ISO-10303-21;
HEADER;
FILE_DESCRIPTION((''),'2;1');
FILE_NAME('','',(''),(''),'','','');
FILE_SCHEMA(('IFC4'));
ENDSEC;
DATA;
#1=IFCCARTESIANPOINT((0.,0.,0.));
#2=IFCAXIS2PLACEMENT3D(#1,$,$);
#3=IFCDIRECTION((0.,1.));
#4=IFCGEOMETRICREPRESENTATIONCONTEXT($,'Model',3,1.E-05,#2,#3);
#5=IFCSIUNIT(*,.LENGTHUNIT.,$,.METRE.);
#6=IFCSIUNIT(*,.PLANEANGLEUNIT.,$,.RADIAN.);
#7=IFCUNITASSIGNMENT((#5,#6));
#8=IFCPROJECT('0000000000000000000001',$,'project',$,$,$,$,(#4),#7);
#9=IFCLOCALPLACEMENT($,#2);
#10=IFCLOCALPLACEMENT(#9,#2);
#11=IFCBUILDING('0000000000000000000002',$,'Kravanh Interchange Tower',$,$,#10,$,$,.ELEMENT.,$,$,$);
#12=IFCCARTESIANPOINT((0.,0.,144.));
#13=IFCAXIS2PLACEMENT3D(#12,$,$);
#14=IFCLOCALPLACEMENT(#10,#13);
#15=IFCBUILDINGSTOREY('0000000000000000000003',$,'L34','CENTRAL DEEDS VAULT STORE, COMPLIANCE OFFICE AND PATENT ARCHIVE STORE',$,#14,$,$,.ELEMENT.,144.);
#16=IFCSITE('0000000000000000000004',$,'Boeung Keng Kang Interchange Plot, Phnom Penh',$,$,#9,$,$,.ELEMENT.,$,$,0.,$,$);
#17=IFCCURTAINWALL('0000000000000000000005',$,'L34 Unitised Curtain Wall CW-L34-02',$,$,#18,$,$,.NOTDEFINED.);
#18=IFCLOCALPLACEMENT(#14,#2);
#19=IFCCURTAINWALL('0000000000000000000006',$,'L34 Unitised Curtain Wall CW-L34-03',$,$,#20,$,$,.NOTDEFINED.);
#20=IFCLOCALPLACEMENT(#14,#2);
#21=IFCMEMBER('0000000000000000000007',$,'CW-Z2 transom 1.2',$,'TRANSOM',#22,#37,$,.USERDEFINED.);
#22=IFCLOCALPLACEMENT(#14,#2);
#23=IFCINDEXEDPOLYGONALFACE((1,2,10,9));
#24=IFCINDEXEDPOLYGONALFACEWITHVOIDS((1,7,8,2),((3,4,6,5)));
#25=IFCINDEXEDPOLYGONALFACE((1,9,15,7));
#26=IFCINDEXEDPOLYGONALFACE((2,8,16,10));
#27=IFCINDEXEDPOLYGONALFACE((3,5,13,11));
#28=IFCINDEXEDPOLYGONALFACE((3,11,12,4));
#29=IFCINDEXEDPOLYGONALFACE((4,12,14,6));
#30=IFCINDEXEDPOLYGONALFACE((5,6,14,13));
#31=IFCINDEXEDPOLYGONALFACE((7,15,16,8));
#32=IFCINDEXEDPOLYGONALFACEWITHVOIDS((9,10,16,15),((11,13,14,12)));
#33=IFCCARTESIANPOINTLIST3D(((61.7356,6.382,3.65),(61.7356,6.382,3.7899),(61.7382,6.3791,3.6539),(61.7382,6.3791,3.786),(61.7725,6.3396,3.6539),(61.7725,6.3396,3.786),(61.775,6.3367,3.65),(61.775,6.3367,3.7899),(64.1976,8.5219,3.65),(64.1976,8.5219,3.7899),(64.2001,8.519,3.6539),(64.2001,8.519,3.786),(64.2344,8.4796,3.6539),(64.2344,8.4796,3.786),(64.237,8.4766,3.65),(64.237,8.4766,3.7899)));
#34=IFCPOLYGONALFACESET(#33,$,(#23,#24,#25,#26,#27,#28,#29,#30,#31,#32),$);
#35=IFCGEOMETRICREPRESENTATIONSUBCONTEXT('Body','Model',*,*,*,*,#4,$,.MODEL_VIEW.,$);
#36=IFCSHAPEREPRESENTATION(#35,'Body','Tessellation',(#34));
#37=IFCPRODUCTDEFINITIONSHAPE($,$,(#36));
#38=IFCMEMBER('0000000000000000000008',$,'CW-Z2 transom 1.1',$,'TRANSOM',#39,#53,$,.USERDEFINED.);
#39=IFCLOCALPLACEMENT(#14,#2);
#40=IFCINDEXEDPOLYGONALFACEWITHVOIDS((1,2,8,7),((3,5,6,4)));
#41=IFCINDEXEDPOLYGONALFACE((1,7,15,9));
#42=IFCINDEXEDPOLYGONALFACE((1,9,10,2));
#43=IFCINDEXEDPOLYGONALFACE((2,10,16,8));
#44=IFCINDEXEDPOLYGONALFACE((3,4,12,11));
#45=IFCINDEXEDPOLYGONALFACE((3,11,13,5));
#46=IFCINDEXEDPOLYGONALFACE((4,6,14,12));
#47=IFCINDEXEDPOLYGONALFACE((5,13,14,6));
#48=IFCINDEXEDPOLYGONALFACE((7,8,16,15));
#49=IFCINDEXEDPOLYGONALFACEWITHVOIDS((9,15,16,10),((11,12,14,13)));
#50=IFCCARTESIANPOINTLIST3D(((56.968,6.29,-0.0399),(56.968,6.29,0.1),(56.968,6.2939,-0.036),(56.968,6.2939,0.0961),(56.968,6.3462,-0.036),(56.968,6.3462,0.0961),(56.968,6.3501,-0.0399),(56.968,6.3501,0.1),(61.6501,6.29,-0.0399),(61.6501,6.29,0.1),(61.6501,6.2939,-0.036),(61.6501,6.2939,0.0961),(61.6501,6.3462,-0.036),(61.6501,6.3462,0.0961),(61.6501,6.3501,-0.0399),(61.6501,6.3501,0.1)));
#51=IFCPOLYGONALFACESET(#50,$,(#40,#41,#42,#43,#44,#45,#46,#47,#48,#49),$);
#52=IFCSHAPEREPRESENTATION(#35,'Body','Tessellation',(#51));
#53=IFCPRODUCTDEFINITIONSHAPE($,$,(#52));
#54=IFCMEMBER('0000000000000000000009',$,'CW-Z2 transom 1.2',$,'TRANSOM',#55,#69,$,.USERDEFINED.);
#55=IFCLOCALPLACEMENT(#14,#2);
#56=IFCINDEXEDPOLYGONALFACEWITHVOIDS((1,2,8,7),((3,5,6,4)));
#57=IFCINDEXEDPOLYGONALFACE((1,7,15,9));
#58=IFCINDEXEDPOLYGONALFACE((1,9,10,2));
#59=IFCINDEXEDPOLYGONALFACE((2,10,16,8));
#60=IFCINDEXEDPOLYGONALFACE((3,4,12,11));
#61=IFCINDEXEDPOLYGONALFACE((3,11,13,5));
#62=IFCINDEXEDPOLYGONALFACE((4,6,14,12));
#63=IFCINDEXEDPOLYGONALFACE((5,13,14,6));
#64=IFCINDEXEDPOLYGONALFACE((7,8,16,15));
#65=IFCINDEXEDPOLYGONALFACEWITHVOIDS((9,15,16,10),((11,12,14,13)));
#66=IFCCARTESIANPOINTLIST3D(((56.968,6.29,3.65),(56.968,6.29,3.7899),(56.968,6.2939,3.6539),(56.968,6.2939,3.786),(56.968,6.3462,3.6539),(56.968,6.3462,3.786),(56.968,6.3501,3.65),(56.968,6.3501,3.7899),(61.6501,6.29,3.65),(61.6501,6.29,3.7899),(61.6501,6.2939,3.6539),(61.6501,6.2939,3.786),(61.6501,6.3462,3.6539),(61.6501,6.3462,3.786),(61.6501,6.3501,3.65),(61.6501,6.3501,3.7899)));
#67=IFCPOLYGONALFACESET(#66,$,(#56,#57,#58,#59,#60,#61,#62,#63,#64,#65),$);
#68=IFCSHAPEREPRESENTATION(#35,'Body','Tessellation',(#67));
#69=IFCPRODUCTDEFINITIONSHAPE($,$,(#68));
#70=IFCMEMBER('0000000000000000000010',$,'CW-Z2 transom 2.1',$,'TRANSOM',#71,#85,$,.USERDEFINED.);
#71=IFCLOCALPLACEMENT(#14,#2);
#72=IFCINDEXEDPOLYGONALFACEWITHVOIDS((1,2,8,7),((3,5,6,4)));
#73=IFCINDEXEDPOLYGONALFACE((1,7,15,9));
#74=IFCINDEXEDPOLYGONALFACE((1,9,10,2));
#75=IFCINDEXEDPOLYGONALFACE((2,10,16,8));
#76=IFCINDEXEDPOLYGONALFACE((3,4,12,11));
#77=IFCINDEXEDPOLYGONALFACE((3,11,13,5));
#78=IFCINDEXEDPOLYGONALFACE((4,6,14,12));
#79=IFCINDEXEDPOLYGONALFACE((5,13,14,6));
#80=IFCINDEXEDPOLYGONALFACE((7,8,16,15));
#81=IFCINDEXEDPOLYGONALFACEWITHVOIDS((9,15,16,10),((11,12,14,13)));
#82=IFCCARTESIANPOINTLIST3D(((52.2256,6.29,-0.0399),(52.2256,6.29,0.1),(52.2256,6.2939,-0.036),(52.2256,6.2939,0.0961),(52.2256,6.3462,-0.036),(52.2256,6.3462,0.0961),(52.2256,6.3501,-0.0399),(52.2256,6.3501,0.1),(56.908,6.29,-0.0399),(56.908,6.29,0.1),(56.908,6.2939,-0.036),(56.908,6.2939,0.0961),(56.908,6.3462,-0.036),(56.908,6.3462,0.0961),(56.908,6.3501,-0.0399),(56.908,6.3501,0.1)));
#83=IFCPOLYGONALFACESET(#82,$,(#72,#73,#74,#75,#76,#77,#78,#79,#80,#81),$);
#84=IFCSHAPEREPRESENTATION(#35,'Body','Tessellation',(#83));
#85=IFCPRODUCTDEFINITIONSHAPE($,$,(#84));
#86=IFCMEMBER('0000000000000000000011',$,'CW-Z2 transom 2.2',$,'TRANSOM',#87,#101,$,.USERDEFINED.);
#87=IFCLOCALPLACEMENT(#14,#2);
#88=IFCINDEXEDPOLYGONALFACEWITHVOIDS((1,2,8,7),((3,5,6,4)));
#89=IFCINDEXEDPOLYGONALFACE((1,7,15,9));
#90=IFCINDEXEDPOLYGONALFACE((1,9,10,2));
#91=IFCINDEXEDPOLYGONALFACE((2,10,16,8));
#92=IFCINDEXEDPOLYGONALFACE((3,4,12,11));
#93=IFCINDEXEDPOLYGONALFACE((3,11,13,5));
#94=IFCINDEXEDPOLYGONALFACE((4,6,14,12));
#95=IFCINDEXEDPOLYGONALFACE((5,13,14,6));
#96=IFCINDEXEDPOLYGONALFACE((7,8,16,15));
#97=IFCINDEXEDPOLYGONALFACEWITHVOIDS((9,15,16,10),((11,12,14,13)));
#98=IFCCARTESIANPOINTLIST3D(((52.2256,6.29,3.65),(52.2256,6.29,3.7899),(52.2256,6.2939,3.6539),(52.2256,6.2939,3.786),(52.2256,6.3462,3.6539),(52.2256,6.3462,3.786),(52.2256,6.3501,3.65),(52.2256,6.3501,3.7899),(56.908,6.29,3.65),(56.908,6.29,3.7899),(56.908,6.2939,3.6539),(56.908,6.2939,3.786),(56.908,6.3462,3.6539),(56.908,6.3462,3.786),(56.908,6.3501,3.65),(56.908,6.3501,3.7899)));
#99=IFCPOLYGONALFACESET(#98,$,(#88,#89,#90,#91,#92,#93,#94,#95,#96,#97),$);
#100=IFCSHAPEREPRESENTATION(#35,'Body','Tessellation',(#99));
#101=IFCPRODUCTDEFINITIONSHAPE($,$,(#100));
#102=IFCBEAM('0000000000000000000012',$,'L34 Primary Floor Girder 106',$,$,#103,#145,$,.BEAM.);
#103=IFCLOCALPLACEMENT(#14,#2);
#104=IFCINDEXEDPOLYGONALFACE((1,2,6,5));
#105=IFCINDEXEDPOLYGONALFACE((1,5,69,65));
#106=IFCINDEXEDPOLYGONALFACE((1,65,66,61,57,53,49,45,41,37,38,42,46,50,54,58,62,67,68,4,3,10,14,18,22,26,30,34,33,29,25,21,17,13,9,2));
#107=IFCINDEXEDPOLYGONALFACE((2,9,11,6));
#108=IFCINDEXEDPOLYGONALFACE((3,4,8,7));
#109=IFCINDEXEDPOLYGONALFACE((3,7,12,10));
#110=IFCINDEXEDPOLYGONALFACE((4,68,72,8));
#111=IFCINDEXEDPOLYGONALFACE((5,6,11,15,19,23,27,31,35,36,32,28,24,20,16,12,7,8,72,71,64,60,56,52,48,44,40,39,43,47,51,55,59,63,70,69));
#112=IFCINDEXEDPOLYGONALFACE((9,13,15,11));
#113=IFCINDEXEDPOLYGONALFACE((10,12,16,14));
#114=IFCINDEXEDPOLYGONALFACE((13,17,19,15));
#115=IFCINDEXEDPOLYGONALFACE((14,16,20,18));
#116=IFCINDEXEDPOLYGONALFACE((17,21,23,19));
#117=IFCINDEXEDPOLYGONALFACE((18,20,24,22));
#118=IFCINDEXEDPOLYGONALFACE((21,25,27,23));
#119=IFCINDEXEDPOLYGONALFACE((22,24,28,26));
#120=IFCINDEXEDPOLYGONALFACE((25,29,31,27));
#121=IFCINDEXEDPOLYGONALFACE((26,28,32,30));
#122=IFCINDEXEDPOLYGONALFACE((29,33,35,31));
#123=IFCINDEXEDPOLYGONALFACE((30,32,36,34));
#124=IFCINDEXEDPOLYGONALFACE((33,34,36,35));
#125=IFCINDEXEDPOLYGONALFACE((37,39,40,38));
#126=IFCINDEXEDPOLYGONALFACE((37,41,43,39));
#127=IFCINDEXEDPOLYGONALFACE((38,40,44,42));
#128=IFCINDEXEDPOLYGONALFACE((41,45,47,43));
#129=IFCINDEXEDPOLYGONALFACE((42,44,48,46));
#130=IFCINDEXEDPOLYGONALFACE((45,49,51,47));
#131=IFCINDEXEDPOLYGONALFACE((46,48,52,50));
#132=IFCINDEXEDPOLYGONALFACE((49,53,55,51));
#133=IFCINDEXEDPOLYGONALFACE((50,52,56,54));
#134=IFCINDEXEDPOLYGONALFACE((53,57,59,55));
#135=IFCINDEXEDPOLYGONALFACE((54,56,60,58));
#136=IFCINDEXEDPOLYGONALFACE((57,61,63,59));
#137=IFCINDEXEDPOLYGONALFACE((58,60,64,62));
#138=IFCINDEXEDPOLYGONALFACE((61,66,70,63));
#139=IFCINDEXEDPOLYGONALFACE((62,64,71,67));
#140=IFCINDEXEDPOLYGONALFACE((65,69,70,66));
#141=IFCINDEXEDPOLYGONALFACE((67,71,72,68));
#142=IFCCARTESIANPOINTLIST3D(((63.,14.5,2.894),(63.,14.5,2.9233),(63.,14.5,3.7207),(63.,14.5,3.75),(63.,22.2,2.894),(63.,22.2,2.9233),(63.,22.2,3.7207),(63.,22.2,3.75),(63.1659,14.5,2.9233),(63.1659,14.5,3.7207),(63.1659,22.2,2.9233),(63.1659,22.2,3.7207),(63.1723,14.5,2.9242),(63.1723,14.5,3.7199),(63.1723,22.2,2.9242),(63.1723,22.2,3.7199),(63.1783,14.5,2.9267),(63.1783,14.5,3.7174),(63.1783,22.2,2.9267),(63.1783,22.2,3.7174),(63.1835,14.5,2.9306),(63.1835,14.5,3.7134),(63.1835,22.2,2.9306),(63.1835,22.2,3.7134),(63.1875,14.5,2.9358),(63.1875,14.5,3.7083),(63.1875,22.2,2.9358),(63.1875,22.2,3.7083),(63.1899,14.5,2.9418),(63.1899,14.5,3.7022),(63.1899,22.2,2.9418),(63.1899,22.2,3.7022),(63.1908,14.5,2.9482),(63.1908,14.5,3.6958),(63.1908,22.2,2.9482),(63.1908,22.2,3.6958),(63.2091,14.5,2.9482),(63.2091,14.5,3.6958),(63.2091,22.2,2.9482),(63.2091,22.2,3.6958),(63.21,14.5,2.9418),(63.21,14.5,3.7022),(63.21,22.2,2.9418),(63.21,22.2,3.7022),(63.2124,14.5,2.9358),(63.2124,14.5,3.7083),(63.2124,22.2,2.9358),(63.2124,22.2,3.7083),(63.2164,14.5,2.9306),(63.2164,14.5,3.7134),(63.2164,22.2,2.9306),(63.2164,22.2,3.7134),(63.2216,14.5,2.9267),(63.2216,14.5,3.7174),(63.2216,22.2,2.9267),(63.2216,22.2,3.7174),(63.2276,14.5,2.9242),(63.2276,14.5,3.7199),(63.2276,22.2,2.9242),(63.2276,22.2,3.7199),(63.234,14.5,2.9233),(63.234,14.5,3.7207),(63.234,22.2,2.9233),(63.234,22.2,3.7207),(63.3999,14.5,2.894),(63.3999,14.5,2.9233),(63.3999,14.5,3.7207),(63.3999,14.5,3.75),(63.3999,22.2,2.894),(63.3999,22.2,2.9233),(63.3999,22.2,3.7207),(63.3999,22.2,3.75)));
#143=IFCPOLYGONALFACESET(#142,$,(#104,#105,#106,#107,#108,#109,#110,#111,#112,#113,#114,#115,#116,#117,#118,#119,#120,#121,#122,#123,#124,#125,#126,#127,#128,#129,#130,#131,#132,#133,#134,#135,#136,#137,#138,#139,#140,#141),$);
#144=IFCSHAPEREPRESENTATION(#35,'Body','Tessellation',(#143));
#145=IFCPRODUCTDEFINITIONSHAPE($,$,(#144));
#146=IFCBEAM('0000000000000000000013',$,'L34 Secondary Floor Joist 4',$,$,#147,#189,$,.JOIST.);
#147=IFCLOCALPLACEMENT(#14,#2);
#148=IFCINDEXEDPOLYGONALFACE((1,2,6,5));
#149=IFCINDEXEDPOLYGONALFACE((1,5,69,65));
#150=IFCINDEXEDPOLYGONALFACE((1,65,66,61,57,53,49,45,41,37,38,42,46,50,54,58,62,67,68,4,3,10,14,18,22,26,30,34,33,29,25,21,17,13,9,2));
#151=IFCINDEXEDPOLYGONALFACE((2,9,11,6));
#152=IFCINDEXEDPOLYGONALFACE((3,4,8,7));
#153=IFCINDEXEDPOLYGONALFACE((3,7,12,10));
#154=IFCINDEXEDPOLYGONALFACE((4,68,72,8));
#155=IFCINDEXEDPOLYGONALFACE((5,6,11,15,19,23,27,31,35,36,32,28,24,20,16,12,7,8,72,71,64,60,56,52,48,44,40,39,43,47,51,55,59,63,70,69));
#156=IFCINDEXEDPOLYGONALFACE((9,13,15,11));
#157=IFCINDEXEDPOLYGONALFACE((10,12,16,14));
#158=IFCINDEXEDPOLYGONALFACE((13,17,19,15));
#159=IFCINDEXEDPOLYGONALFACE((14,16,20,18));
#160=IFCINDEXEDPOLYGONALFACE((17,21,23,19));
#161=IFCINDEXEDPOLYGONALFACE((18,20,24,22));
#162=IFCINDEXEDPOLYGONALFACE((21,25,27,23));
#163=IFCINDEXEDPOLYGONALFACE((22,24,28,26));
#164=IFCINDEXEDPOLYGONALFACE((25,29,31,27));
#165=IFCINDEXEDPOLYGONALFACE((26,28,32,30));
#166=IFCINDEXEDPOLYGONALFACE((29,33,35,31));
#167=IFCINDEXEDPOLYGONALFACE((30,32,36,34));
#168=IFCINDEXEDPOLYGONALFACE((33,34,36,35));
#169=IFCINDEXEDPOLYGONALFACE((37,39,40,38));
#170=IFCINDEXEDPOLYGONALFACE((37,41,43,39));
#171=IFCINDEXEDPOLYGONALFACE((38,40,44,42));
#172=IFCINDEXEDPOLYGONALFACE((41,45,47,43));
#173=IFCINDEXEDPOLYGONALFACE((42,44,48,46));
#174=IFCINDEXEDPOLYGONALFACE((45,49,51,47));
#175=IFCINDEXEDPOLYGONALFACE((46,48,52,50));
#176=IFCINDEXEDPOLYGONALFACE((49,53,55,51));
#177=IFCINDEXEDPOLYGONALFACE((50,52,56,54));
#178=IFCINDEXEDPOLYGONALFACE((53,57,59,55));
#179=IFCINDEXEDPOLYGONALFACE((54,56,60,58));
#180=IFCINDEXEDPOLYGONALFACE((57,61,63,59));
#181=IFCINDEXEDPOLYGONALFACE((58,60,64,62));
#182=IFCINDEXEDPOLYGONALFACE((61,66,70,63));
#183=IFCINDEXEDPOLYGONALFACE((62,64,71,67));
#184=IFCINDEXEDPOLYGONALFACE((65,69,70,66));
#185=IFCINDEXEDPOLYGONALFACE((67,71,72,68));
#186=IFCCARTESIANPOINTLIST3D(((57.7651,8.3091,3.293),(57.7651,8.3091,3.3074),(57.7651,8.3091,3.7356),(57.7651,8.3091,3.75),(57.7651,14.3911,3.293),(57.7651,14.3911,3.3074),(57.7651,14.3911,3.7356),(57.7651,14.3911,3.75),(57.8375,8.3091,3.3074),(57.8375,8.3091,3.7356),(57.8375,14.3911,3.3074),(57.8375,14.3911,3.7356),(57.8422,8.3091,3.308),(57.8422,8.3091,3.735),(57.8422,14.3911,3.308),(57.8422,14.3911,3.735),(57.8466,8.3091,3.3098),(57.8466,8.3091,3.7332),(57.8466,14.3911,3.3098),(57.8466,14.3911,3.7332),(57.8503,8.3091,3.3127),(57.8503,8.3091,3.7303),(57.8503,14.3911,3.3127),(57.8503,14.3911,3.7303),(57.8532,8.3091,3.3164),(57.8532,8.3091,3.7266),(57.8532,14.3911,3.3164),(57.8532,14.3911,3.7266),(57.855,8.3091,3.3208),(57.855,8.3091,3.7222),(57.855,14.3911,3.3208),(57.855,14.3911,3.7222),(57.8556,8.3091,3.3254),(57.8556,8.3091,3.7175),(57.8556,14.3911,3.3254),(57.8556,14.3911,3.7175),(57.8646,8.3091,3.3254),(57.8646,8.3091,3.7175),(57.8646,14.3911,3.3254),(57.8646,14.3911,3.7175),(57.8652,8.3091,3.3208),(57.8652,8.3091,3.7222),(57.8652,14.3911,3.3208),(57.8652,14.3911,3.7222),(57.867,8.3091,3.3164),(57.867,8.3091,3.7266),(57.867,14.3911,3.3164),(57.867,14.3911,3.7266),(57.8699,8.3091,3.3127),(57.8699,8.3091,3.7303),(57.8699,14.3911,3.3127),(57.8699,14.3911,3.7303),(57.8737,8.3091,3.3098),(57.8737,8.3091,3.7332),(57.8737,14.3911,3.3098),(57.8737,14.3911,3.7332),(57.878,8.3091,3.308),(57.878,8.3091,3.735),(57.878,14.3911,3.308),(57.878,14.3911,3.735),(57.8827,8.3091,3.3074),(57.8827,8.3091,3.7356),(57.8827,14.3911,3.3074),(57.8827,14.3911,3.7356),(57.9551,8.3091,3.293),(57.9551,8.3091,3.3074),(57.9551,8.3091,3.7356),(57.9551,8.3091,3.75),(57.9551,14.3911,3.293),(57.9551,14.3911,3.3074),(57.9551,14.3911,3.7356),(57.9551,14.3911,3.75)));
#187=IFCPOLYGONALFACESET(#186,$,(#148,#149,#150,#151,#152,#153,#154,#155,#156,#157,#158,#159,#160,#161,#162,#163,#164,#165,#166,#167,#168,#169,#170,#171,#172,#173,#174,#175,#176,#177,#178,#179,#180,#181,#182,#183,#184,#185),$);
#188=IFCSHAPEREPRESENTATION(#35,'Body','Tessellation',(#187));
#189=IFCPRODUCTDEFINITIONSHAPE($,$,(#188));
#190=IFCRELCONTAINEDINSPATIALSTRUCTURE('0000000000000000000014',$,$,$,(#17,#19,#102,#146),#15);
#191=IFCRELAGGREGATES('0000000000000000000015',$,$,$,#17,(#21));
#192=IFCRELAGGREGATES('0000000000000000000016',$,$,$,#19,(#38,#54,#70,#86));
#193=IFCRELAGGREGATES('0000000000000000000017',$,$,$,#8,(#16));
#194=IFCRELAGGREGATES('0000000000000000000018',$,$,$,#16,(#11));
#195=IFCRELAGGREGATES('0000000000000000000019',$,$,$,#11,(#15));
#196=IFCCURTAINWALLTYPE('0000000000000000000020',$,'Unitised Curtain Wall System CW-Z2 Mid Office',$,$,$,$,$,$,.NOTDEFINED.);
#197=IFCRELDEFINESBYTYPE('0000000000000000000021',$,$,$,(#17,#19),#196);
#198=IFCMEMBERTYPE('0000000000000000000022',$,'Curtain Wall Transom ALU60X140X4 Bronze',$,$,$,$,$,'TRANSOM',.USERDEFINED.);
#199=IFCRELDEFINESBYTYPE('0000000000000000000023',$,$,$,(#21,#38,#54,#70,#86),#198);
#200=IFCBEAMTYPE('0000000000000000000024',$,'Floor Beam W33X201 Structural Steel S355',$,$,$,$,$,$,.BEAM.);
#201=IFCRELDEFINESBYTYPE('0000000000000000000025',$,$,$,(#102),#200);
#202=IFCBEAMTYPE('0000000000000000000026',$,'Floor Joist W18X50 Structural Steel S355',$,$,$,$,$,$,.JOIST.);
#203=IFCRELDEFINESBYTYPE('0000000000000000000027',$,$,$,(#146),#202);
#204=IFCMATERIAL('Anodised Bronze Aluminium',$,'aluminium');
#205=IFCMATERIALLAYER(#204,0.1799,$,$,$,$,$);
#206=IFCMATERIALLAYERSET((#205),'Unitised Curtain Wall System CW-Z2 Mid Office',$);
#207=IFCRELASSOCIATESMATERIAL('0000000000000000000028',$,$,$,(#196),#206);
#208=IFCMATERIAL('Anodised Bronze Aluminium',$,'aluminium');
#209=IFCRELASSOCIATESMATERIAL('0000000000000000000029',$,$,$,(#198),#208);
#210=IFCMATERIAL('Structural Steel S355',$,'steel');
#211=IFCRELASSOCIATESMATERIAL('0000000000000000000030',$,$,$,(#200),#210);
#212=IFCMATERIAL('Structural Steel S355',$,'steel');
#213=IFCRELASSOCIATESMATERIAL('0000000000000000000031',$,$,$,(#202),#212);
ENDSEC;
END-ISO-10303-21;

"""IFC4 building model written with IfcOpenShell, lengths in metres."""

from ifc_helpers import new_model, si_unit, direction, frame, origin, origin_2d, place, context, subcontext, project, spatial, hollow_rectangle, i_section, extrude, material, layer, layer_set, material_profile, profile_set, type_object, element, aggregate, save


model = new_model("IFC4")

# Units and contexts
model_context = context("Model", 3, precision=1e-05, world=origin(), true_north=direction((0.0, 1.0)))
body_context = subcontext(model_context, "Body", "Model", "MODEL_VIEW")
ifc_project = project(units=[si_unit("LENGTHUNIT", "METRE"), si_unit("PLANEANGLEUNIT", "RADIAN")], contexts=[model_context])

# Site, building, storey
site_placement = place(None, origin())
site = spatial("IfcSite", under=ifc_project, at=site_placement, Name="Boeung Keng Kang Interchange Plot, Phnom Penh", CompositionType="ELEMENT", RefElevation=0.0)
building_placement = place(site_placement, origin())
building = spatial("IfcBuilding", under=site, at=building_placement, Name="Kravanh Interchange Tower", CompositionType="ELEMENT")
storey_placement = place(building_placement, frame((0.0, 0.0, 144.0)))
storey = spatial("IfcBuildingStorey", under=building, at=storey_placement, Name="L34", Description="CENTRAL DEEDS VAULT STORE, COMPLIANCE OFFICE AND PATENT ARCHIVE STORE", CompositionType="ELEMENT", Elevation=144.0)

# Curtain walls
ifc_material_1 = material(Name="Anodised Bronze Aluminium", Category="aluminium")
ifc_layer_1 = layer(ifc_material_1, 0.1799)
ifc_layer_set_1 = layer_set([ifc_layer_1], Name="Unitised Curtain Wall System CW-Z2 Mid Office")
curtain_wall_type = type_object("IfcCurtainWallType", Name="Unitised Curtain Wall System CW-Z2 Mid Office", PredefinedType="NOTDEFINED", material=ifc_layer_set_1)
curtain_wall_1_placement = place(storey_placement, origin())
curtain_wall_1 = element("IfcCurtainWall", 1, at=curtain_wall_1_placement, inside=storey, type_object=curtain_wall_type, Name="L34 Unitised Curtain Wall CW-L34-02", PredefinedType="NOTDEFINED")
curtain_wall_2_placement = place(storey_placement, origin())
curtain_wall_2 = element("IfcCurtainWall", 2, at=curtain_wall_2_placement, inside=storey, type_object=curtain_wall_type, Name="L34 Unitised Curtain Wall CW-L34-03", PredefinedType="NOTDEFINED")

# Members
ifc_material_2 = material(Name="Anodised Bronze Aluminium", Category="aluminium")
ifc_material_profile_1 = material_profile(ifc_material_2, hollow_rectangle(XDim=0.0601, YDim=0.1399, WallThickness=0.0039, at=origin_2d()), Name="ALU60X140X4")
ifc_profile_set_1 = profile_set([ifc_material_profile_1], Name="Anodised Bronze Aluminium")
member_type_1 = type_object("IfcMemberType", Name="Curtain Wall Transom ALU60X140X4 Bronze", ElementType="TRANSOM", PredefinedType="USERDEFINED", material=ifc_profile_set_1)
member_1_placement = place(storey_placement, frame((64.2173, 8.4993, 3.72), z_axis=(-0.754742, -0.656021, 0.0), x_axis=(0.656021, -0.754742, 0.0)))
member_1 = element("IfcMember", 3, at=member_1_placement, type_object=member_type_1, Name="CW-Z2 transom 1.2", ObjectType="TRANSOM", PredefinedType="USERDEFINED", context=body_context, shape_type="SweptSolid", body=[
    extrude(hollow_rectangle(XDim=0.0601, YDim=0.1399, WallThickness=0.0039, at=origin_2d()), origin(), (0.0, 0.0, 1.0), 3.262),
])
member_2_placement = place(storey_placement, frame((61.6501, 6.3201, 0.03), z_axis=(-1.0, 0.0, 0.0), x_axis=(0.0, -1.0, 0.0)))
member_2 = element("IfcMember", 4, at=member_2_placement, type_object=member_type_1, Name="CW-Z2 transom 1.1", ObjectType="TRANSOM", PredefinedType="USERDEFINED", context=body_context, shape_type="SweptSolid", body=[
    extrude(hollow_rectangle(XDim=0.0601, YDim=0.1399, WallThickness=0.0039, at=origin_2d()), origin(), (0.0, 0.0, 1.0), 4.6821),
])
member_3_placement = place(storey_placement, frame((61.6501, 6.3201, 3.72), z_axis=(-1.0, 0.0, 0.0), x_axis=(0.0, -1.0, 0.0)))
member_3 = element("IfcMember", 5, at=member_3_placement, type_object=member_type_1, Name="CW-Z2 transom 1.2", ObjectType="TRANSOM", PredefinedType="USERDEFINED", context=body_context, shape_type="SweptSolid", body=[
    extrude(hollow_rectangle(XDim=0.0601, YDim=0.1399, WallThickness=0.0039, at=origin_2d()), origin(), (0.0, 0.0, 1.0), 4.6821),
])
member_4_placement = place(storey_placement, frame((56.908, 6.3201, 0.03), z_axis=(-1.0, 0.0, 0.0), x_axis=(0.0, -1.0, 0.0)))
member_4 = element("IfcMember", 6, at=member_4_placement, type_object=member_type_1, Name="CW-Z2 transom 2.1", ObjectType="TRANSOM", PredefinedType="USERDEFINED", context=body_context, shape_type="SweptSolid", body=[
    extrude(hollow_rectangle(XDim=0.0601, YDim=0.1399, WallThickness=0.0039, at=origin_2d()), origin(), (0.0, 0.0, 1.0), 4.6824),
])
member_5_placement = place(storey_placement, frame((56.908, 6.3201, 3.72), z_axis=(-1.0, 0.0, 0.0), x_axis=(0.0, -1.0, 0.0)))
member_5 = element("IfcMember", 7, at=member_5_placement, type_object=member_type_1, Name="CW-Z2 transom 2.2", ObjectType="TRANSOM", PredefinedType="USERDEFINED", context=body_context, shape_type="SweptSolid", body=[
    extrude(hollow_rectangle(XDim=0.0601, YDim=0.1399, WallThickness=0.0039, at=origin_2d()), origin(), (0.0, 0.0, 1.0), 4.6824),
])

# Beams
ifc_material_3 = material(Name="Structural Steel S355", Category="steel")
ifc_material_profile_2 = material_profile(ifc_material_3, i_section(OverallWidth=0.3999, OverallDepth=0.856, WebThickness=0.0183, FlangeThickness=0.0293, FilletRadius=0.0249, at=origin_2d()), Name="W33X201")
ifc_profile_set_2 = profile_set([ifc_material_profile_2], Name="Structural Steel S355")
beam_type_1 = type_object("IfcBeamType", Name="Floor Beam W33X201 Structural Steel S355", PredefinedType="BEAM", material=ifc_profile_set_2)
beam_1_placement = place(storey_placement, frame((63.2, 14.5, 3.322), z_axis=(0.0, 1.0, 0.0), x_axis=(-1.0, 0.0, 0.0)))
element("IfcBeam", 8, at=beam_1_placement, inside=storey, type_object=beam_type_1, Name="L34 Primary Floor Girder 106", PredefinedType="BEAM", context=body_context, shape_type="SweptSolid", body=[
    extrude(i_section(OverallWidth=0.3999, OverallDepth=0.856, WebThickness=0.0183, FlangeThickness=0.0293, FilletRadius=0.0249, at=origin_2d()), origin(), (0.0, 0.0, 1.0), 7.7),
])
ifc_material_4 = material(Name="Structural Steel S355", Category="steel")
ifc_material_profile_3 = material_profile(ifc_material_4, i_section(OverallWidth=0.1899, OverallDepth=0.457, WebThickness=0.009, FlangeThickness=0.0144, FilletRadius=0.0181, at=origin_2d()), Name="W18X50")
ifc_profile_set_3 = profile_set([ifc_material_profile_3], Name="Structural Steel S355")
beam_type_2 = type_object("IfcBeamType", Name="Floor Joist W18X50 Structural Steel S355", PredefinedType="JOIST", material=ifc_profile_set_3)
for number, where, z_axis, x_axis, name in (
    (9, (57.8601, 8.3091, 3.5215), (0.0, 1.0, 0.0), (-1.0, 0.0, 0.0), "L34 Secondary Floor Joist 4"),
):
    element("IfcBeam", number, at=place(storey_placement, frame(where, z_axis=z_axis, x_axis=x_axis)), inside=storey, type_object=beam_type_2, Name=name, PredefinedType="JOIST", context=body_context, shape_type="SweptSolid", body=[
        extrude(i_section(OverallWidth=0.1899, OverallDepth=0.457, WebThickness=0.009, FlangeThickness=0.0144, FilletRadius=0.0181, at=origin_2d()), origin(), (0.0, 0.0, 1.0), 6.082),
    ])

aggregate(curtain_wall_1, [member_1])
aggregate(curtain_wall_2, [member_2, member_3, member_4, member_5])

save(model, "model.ifc")
